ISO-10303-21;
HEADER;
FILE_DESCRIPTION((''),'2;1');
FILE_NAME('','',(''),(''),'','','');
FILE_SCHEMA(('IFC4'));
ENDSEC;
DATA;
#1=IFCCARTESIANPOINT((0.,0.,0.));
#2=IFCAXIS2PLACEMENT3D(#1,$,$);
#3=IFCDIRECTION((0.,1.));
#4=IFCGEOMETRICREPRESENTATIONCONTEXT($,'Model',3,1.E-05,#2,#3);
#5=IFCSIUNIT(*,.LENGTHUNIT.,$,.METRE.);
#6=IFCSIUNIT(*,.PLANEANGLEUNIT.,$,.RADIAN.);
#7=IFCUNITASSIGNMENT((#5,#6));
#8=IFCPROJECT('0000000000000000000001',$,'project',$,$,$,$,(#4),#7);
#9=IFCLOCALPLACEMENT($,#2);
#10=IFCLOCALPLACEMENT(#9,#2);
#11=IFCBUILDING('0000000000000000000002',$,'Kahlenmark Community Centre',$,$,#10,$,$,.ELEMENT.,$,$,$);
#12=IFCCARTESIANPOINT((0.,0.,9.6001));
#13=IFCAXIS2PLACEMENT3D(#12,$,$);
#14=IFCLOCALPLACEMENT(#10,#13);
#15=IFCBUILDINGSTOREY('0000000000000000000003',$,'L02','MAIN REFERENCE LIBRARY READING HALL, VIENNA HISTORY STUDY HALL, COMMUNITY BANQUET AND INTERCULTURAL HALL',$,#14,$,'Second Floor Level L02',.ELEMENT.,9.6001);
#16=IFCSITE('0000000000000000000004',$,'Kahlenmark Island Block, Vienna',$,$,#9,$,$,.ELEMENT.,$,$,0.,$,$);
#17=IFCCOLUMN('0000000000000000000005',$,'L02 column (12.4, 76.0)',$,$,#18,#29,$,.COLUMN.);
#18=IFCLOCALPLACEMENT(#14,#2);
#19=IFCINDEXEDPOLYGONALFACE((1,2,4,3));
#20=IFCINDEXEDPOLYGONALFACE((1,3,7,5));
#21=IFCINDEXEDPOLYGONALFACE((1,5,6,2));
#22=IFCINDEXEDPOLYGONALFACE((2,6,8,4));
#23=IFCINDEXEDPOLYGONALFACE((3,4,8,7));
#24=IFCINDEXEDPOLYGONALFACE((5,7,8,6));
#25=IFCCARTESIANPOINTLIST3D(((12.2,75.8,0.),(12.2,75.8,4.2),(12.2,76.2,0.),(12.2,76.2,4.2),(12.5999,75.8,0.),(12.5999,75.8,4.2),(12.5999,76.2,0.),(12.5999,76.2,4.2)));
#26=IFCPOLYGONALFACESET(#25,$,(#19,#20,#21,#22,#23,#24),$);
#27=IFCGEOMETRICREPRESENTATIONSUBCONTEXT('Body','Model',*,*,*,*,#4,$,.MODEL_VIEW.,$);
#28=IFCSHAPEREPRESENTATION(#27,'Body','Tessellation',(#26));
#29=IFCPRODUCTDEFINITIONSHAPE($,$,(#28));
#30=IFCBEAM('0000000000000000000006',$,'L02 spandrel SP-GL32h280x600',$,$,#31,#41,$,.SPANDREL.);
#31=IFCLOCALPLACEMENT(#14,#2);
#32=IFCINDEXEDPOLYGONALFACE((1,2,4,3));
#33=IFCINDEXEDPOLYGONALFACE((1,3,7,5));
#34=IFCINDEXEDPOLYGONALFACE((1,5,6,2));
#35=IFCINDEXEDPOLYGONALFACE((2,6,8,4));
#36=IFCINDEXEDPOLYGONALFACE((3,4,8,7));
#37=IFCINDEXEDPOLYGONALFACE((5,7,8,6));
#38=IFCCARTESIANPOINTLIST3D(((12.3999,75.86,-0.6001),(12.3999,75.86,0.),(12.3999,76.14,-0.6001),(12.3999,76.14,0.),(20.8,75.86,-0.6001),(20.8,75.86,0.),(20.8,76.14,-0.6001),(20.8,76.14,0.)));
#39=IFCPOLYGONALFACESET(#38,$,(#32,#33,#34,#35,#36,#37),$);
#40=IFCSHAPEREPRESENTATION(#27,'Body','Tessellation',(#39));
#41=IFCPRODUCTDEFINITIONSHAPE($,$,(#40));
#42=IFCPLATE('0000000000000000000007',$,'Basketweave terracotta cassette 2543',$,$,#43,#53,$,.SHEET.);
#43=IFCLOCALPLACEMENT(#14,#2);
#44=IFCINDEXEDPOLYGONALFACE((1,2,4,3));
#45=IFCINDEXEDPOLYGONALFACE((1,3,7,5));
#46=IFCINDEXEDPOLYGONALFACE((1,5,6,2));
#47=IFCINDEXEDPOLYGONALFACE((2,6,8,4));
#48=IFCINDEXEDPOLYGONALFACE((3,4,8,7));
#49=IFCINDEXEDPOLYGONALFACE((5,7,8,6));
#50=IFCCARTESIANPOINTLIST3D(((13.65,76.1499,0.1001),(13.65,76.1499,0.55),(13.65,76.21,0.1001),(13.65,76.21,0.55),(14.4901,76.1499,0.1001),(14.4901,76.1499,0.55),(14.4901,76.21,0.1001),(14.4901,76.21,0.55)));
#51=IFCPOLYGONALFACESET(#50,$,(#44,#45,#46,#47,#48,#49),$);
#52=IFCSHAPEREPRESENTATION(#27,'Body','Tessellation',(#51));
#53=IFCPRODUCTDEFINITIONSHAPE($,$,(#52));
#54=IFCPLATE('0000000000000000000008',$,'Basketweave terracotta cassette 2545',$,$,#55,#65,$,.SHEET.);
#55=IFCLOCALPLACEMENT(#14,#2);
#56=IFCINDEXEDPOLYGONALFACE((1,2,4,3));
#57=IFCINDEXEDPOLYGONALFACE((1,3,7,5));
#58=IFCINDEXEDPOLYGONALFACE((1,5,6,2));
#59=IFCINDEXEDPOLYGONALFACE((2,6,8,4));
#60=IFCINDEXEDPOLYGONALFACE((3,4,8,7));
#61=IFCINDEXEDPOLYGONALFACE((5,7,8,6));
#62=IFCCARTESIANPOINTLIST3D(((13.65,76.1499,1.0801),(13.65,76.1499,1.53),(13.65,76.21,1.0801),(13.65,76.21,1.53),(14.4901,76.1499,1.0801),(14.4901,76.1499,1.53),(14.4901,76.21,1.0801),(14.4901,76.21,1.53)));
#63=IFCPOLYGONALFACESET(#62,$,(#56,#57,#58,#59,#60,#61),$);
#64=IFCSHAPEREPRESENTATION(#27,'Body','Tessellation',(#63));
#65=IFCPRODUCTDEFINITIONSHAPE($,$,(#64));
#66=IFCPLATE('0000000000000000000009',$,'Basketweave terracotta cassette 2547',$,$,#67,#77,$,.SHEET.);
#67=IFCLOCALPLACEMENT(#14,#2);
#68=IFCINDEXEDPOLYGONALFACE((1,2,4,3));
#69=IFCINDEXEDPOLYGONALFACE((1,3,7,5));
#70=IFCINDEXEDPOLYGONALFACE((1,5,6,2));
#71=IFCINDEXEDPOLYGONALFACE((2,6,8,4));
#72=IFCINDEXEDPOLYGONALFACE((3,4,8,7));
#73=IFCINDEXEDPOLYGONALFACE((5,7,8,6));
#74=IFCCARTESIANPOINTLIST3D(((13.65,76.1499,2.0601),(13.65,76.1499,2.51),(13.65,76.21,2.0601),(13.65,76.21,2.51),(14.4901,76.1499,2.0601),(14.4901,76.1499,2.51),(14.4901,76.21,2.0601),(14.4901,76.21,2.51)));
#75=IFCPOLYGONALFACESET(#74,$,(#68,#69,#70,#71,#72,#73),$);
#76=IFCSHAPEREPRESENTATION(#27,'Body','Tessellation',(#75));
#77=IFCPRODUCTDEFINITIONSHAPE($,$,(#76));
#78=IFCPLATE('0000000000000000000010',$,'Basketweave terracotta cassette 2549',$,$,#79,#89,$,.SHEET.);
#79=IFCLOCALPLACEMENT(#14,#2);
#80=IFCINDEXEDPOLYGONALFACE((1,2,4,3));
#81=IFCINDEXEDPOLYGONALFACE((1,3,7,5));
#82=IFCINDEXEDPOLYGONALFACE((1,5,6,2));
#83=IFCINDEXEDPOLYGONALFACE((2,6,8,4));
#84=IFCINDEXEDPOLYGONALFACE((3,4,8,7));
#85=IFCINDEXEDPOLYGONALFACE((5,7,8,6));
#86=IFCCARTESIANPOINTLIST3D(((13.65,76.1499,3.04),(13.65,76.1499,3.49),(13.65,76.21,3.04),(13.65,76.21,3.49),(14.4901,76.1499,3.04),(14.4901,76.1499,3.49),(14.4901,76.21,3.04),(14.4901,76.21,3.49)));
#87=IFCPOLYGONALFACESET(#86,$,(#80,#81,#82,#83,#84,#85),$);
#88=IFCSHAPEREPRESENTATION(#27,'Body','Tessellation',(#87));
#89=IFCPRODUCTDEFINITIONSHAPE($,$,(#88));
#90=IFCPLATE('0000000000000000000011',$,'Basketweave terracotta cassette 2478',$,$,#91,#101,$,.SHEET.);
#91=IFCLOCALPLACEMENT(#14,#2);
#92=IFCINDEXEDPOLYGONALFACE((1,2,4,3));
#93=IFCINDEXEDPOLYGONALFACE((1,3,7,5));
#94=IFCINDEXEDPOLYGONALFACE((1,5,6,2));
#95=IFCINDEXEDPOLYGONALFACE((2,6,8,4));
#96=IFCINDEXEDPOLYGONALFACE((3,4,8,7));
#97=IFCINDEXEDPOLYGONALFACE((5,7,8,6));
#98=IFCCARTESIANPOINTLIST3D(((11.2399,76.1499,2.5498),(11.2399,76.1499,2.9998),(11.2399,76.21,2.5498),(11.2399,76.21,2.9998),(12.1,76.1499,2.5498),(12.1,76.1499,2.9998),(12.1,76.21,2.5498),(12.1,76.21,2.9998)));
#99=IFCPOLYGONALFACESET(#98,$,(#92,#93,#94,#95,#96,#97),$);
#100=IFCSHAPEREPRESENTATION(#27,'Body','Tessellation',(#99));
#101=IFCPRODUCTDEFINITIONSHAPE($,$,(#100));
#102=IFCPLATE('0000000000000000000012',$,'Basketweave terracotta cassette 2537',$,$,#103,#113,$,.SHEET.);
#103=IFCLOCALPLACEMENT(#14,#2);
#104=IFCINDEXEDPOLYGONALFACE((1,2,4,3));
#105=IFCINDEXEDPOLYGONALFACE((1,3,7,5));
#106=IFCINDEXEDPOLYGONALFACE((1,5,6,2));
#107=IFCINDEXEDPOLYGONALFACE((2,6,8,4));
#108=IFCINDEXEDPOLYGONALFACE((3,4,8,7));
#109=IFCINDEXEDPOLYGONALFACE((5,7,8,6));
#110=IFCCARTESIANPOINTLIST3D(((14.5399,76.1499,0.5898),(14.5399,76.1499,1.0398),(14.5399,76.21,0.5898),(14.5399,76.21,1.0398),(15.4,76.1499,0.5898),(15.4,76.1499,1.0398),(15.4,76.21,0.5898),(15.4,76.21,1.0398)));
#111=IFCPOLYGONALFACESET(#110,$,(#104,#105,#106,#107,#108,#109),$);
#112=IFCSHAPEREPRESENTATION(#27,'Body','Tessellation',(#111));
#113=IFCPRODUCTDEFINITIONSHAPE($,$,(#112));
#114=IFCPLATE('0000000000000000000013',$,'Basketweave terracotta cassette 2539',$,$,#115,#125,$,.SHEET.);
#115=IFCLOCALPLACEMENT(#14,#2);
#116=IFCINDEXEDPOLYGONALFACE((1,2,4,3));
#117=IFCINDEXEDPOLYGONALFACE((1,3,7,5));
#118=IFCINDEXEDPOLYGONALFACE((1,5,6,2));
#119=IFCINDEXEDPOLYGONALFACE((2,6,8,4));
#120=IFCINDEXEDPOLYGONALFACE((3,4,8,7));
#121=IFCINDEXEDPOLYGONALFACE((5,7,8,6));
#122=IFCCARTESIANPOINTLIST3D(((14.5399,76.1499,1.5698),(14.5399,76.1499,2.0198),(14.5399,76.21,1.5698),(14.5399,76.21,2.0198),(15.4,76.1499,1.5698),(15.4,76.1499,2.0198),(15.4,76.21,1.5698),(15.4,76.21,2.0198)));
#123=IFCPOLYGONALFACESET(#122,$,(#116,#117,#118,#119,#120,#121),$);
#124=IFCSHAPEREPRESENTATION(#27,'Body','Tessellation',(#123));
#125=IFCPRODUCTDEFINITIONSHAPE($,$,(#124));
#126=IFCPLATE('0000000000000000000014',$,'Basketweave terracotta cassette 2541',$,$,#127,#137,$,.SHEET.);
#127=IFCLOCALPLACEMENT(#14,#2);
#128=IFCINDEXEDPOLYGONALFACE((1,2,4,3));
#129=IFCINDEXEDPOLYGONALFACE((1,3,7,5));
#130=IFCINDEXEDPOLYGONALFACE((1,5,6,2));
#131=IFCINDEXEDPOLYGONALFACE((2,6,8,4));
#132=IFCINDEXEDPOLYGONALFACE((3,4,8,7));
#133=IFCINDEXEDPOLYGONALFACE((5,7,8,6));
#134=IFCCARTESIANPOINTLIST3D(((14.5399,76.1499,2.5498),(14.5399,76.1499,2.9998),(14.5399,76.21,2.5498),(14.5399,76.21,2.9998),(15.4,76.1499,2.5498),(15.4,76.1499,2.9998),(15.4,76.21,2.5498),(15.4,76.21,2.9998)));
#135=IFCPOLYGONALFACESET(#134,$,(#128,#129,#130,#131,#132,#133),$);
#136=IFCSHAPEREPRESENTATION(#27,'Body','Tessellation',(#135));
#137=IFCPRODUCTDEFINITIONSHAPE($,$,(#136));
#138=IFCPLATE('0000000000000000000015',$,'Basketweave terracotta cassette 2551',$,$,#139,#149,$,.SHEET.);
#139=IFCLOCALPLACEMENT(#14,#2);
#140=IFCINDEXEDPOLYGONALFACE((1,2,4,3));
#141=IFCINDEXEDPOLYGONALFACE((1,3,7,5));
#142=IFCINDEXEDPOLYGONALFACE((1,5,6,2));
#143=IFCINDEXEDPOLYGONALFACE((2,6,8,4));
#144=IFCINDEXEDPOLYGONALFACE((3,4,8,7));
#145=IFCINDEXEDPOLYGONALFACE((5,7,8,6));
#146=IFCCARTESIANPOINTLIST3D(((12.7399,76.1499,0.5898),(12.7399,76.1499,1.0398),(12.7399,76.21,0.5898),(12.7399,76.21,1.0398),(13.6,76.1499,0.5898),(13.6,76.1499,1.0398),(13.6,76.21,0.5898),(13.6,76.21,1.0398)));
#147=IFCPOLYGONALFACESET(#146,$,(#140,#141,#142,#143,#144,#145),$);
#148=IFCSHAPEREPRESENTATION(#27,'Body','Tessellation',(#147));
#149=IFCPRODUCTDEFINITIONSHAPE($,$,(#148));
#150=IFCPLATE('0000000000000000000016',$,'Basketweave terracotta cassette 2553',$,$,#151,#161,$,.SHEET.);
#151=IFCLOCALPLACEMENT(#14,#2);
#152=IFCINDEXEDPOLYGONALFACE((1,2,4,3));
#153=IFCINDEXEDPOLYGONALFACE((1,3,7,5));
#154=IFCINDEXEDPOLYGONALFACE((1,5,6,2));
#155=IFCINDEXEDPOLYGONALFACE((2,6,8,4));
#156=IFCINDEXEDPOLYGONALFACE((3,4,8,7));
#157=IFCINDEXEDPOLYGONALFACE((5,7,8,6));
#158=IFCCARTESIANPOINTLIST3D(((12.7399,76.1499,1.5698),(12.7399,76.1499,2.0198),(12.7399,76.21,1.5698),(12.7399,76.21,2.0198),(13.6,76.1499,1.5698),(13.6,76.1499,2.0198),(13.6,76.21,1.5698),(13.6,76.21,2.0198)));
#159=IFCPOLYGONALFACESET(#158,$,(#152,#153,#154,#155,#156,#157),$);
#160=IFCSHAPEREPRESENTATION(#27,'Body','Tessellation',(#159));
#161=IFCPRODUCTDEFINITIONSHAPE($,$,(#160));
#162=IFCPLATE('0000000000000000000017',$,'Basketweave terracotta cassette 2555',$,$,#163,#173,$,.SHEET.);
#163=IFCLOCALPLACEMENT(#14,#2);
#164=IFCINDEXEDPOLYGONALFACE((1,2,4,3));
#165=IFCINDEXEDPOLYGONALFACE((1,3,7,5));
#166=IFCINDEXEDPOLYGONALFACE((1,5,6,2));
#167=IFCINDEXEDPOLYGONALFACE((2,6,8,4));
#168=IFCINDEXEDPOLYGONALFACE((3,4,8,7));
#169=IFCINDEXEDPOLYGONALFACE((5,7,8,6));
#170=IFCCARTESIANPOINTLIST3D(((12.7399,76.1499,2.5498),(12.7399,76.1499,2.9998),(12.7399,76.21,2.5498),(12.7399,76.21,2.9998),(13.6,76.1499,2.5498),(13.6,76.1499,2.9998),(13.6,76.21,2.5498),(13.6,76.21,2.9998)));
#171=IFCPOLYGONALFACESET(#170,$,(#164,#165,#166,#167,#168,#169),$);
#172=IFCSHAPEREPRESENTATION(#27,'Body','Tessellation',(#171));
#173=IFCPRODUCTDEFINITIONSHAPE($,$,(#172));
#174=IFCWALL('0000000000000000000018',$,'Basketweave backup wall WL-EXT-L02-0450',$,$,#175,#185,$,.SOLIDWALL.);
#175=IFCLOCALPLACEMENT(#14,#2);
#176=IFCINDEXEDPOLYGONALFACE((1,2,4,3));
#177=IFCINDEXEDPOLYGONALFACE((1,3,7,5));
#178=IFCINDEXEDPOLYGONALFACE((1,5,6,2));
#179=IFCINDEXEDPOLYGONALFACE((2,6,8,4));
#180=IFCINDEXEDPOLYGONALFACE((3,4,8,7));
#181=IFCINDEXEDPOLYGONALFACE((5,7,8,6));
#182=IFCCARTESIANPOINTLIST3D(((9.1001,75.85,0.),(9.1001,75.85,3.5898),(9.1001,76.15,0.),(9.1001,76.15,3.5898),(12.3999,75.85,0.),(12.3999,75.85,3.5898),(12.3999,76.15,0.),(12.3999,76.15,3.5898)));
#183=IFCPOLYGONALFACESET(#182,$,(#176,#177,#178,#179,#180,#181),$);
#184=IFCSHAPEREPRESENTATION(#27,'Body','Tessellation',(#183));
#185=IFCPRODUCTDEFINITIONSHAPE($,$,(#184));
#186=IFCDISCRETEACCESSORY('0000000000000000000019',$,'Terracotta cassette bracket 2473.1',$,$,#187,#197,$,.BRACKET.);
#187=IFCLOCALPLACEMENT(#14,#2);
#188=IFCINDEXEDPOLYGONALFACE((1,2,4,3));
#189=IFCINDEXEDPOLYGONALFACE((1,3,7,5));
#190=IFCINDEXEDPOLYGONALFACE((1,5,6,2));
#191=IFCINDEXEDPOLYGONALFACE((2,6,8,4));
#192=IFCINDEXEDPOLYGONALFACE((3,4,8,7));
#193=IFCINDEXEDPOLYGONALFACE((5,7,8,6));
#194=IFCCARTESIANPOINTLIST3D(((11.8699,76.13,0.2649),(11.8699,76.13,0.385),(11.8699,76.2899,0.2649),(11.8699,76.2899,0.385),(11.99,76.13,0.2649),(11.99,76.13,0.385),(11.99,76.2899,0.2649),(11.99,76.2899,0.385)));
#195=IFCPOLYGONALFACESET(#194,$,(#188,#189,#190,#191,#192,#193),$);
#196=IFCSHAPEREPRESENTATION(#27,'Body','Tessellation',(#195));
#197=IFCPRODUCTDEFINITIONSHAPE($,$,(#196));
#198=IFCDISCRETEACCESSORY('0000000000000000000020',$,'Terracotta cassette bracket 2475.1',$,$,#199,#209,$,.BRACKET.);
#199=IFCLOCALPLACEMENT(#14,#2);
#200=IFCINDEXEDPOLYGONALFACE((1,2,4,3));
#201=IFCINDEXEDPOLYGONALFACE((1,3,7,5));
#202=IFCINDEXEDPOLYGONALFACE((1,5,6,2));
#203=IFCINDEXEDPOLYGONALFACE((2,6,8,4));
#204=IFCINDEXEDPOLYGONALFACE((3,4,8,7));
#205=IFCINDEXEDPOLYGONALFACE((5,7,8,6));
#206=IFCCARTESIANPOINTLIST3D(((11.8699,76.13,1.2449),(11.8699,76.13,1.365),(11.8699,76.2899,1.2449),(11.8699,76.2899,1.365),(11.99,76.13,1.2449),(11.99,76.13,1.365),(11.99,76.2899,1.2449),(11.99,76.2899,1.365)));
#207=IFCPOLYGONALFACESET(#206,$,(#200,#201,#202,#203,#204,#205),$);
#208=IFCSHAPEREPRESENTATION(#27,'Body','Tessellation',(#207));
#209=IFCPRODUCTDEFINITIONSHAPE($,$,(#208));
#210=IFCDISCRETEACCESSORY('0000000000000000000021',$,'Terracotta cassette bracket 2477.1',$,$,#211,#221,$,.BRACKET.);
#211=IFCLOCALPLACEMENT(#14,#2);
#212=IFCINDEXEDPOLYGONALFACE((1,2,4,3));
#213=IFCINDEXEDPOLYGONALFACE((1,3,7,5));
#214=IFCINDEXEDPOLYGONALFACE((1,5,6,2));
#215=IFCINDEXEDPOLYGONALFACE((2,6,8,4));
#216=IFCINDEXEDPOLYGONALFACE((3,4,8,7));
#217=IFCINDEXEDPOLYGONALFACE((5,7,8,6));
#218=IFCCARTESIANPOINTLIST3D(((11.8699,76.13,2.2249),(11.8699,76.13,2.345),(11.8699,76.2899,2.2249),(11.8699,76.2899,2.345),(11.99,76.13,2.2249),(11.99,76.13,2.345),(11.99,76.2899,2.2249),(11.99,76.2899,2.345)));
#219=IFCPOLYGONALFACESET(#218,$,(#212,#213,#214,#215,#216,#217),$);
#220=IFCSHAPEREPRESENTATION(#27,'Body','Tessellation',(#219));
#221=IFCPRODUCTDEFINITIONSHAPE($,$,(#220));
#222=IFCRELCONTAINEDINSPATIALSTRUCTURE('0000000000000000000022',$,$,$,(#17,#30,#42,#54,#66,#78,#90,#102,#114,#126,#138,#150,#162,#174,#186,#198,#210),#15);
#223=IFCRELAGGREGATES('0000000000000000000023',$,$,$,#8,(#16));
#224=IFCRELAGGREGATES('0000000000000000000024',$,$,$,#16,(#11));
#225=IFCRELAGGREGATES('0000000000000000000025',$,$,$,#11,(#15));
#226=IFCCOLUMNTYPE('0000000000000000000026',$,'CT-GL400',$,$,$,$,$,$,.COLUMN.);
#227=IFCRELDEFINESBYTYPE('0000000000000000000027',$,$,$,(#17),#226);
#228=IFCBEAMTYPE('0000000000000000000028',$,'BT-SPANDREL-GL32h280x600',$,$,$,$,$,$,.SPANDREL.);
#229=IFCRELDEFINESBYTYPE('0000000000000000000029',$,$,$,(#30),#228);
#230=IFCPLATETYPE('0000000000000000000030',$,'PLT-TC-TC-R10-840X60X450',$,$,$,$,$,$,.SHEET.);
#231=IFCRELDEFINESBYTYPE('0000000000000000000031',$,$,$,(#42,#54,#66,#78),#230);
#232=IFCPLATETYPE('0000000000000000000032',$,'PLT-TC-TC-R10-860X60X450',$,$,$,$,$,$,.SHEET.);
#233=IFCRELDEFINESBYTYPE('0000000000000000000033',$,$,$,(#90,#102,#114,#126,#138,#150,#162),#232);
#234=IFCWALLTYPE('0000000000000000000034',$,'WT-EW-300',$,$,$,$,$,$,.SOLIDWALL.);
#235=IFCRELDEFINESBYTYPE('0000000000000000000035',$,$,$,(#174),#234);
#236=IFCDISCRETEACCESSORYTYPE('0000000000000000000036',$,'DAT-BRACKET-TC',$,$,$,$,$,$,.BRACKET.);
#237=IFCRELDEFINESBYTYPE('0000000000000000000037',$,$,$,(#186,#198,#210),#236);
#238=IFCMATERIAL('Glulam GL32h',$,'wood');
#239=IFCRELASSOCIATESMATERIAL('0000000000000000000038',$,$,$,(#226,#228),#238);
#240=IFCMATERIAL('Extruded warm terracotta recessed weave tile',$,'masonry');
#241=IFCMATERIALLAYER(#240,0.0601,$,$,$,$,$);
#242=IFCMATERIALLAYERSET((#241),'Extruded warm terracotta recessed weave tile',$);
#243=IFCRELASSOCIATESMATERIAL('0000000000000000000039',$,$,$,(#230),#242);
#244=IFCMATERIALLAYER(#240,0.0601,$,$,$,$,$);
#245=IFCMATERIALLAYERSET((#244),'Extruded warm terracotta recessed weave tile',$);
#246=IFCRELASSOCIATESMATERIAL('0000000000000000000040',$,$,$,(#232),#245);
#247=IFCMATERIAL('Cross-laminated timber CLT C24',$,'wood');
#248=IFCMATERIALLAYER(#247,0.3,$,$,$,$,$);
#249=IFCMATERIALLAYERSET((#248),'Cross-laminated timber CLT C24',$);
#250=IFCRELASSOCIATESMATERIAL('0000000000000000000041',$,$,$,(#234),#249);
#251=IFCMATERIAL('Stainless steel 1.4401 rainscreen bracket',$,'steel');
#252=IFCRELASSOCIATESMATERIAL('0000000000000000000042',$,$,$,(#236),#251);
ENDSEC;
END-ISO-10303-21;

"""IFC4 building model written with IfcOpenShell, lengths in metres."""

from ifc_helpers import new_model, si_unit, direction, frame, frame_2d, origin, origin_2d, place, context, subcontext, project, spatial, rectangle, extrude, material, layer, layer_set, material_profile, profile_set, type_object, element, save


model = new_model("IFC4")

# Units and contexts
model_context = context("Model", 3, precision=1e-05, world=origin(), true_north=direction((0.0, 1.0)))
body_context = subcontext(model_context, "Body", "Model", "MODEL_VIEW")
ifc_project = project(units=[si_unit("LENGTHUNIT", "METRE"), si_unit("PLANEANGLEUNIT", "RADIAN")], contexts=[model_context])

# Site, building, storey
site_placement = place(None, origin())
site = spatial("IfcSite", under=ifc_project, at=site_placement, Name="Kahlenmark Island Block, Vienna", CompositionType="ELEMENT", RefElevation=0.0)
building_placement = place(site_placement, origin())
building = spatial("IfcBuilding", under=site, at=building_placement, Name="Kahlenmark Community Centre", CompositionType="ELEMENT")
storey_placement = place(building_placement, frame((0.0, 0.0, 9.6001)))
storey = spatial("IfcBuildingStorey", under=building, at=storey_placement, Name="L02", Description="MAIN REFERENCE LIBRARY READING HALL, VIENNA HISTORY STUDY HALL, COMMUNITY BANQUET AND INTERCULTURAL HALL", LongName="Second Floor Level L02", CompositionType="ELEMENT", Elevation=9.6001)

# Column
ifc_material_1 = material(Name="Glulam GL32h", Category="wood")
ifc_material_profile_1 = material_profile(ifc_material_1, rectangle(XDim=0.3999, YDim=0.3999, at=origin_2d()), Name="GL32h 400x400")
ifc_profile_set_1 = profile_set([ifc_material_profile_1], Name="Glulam GL32h")
column_type = type_object("IfcColumnType", Name="CT-GL400", PredefinedType="COLUMN", material=ifc_profile_set_1)
column_placement = place(storey_placement, frame((12.3999, 76.0, 0.0), z_axis=(0.0, 0.0, 1.0), x_axis=(1.0, 0.0, 0.0)))
element("IfcColumn", 1, at=column_placement, inside=storey, type_object=column_type, Name="L02 column (12.4, 76.0)", PredefinedType="COLUMN", context=body_context, shape_type="SweptSolid", body=[
    extrude(rectangle(XDim=0.3999, YDim=0.3999, at=origin_2d()), origin(), (0.0, 0.0, 1.0), 4.2),
])

# Beam
ifc_material_profile_2 = material_profile(ifc_material_1, rectangle(XDim=0.28, YDim=0.6001, at=origin_2d()), Name="GL32h 280x600")
ifc_profile_set_2 = profile_set([ifc_material_profile_2], Name="Glulam GL32h")
beam_type = type_object("IfcBeamType", Name="BT-SPANDREL-GL32h280x600", PredefinedType="SPANDREL", material=ifc_profile_set_2)
beam_placement = place(storey_placement, frame((12.3999, 76.0, -0.3), z_axis=(1.0, 0.0, 0.0), x_axis=(0.0, 1.0, 0.0)))
element("IfcBeam", 2, at=beam_placement, inside=storey, type_object=beam_type, Name="L02 spandrel SP-GL32h280x600", PredefinedType="SPANDREL", context=body_context, shape_type="SweptSolid", body=[
    extrude(rectangle(XDim=0.28, YDim=0.6001, at=origin_2d()), origin(), (0.0, 0.0, 1.0), 8.4001),
])

# Plates
ifc_material_2 = material(Name="Extruded warm terracotta recessed weave tile", Category="masonry")
ifc_layer_1 = layer(ifc_material_2, 0.0601)
ifc_layer_set_1 = layer_set([ifc_layer_1], Name="Extruded warm terracotta recessed weave tile")
plate_type_1 = type_object("IfcPlateType", Name="PLT-TC-TC-R10-840X60X450", PredefinedType="SHEET", material=ifc_layer_set_1)
for number, where, z_axis, x_axis, name in (
    (3, (14.0701, 76.1799, 0.1001), (0.0, 0.0, 1.0), (-1.0, 0.0, 0.0), "Basketweave terracotta cassette 2543"),
    (4, (14.0701, 76.1799, 1.0801), (0.0, 0.0, 1.0), (-1.0, 0.0, 0.0), "Basketweave terracotta cassette 2545"),
    (5, (14.0701, 76.1799, 2.0601), (0.0, 0.0, 1.0), (-1.0, 0.0, 0.0), "Basketweave terracotta cassette 2547"),
    (6, (14.0701, 76.1799, 3.04), (0.0, 0.0, 1.0), (-1.0, 0.0, 0.0), "Basketweave terracotta cassette 2549"),
):
    element("IfcPlate", number, at=place(storey_placement, frame(where, z_axis=z_axis, x_axis=x_axis)), inside=storey, type_object=plate_type_1, Name=name, PredefinedType="SHEET", context=body_context, shape_type="SweptSolid", body=[
        extrude(rectangle(XDim=0.8401, YDim=0.0601, at=origin_2d()), origin(), (0.0, 0.0, 1.0), 0.45),
    ])
ifc_layer_2 = layer(ifc_material_2, 0.0601)
ifc_layer_set_2 = layer_set([ifc_layer_2], Name="Extruded warm terracotta recessed weave tile")
plate_type_2 = type_object("IfcPlateType", Name="PLT-TC-TC-R10-860X60X450", PredefinedType="SHEET", material=ifc_layer_set_2)
for number, where, z_axis, x_axis, name in (
    (7, (11.6699, 76.1799, 2.5498), (0.0, 0.0, 1.0), (-1.0, 0.0, 0.0), "Basketweave terracotta cassette 2478"),
    (8, (14.97, 76.1799, 0.5898), (0.0, 0.0, 1.0), (-1.0, 0.0, 0.0), "Basketweave terracotta cassette 2537"),
    (9, (14.97, 76.1799, 1.5698), (0.0, 0.0, 1.0), (-1.0, 0.0, 0.0), "Basketweave terracotta cassette 2539"),
    (10, (14.97, 76.1799, 2.5498), (0.0, 0.0, 1.0), (-1.0, 0.0, 0.0), "Basketweave terracotta cassette 2541"),
    (11, (13.1699, 76.1799, 0.5898), (0.0, 0.0, 1.0), (-1.0, 0.0, 0.0), "Basketweave terracotta cassette 2551"),
    (12, (13.1699, 76.1799, 1.5698), (0.0, 0.0, 1.0), (-1.0, 0.0, 0.0), "Basketweave terracotta cassette 2553"),
    (13, (13.1699, 76.1799, 2.5498), (0.0, 0.0, 1.0), (-1.0, 0.0, 0.0), "Basketweave terracotta cassette 2555"),
):
    element("IfcPlate", number, at=place(storey_placement, frame(where, z_axis=z_axis, x_axis=x_axis)), inside=storey, type_object=plate_type_2, Name=name, PredefinedType="SHEET", context=body_context, shape_type="SweptSolid", body=[
        extrude(rectangle(XDim=0.8601, YDim=0.0601, at=origin_2d()), origin(), (0.0, 0.0, 1.0), 0.45),
    ])

# Wall
ifc_material_3 = material(Name="Cross-laminated timber CLT C24", Category="wood")
ifc_layer_3 = layer(ifc_material_3, 0.3)
ifc_layer_set_3 = layer_set([ifc_layer_3], Name="Cross-laminated timber CLT C24")
wall_type = type_object("IfcWallType", Name="WT-EW-300", PredefinedType="SOLIDWALL", material=ifc_layer_set_3)
wall_placement = place(storey_placement, frame((12.3999, 76.0, 0.0), z_axis=(0.0, 0.0, 1.0), x_axis=(-1.0, 0.0, 0.0)))
element("IfcWall", 14, at=wall_placement, inside=storey, type_object=wall_type, Name="Basketweave backup wall WL-EXT-L02-0450", PredefinedType="SOLIDWALL", context=body_context, shape_type="SweptSolid", body=[
    extrude(rectangle(XDim=3.2998, YDim=0.3, at=frame_2d((1.6499, 0.0))), origin(), (0.0, 0.0, 1.0), 3.5898),
])

# Discrete accessories
ifc_material_4 = material(Name="Stainless steel 1.4401 rainscreen bracket", Category="steel")
discrete_accessory_type = type_object("IfcDiscreteAccessoryType", Name="DAT-BRACKET-TC", PredefinedType="BRACKET", material=ifc_material_4)
for number, where, z_axis, x_axis, name in (
    (15, (11.9299, 76.21, 0.2649), (0.0, 0.0, 1.0), (-1.0, 0.0, 0.0), "Terracotta cassette bracket 2473.1"),
    (16, (11.9299, 76.21, 1.2449), (0.0, 0.0, 1.0), (-1.0, 0.0, 0.0), "Terracotta cassette bracket 2475.1"),
    (17, (11.9299, 76.21, 2.2249), (0.0, 0.0, 1.0), (-1.0, 0.0, 0.0), "Terracotta cassette bracket 2477.1"),
):
    element("IfcDiscreteAccessory", number, at=place(storey_placement, frame(where, z_axis=z_axis, x_axis=x_axis)), inside=storey, type_object=discrete_accessory_type, Name=name, PredefinedType="BRACKET", context=body_context, shape_type="SweptSolid", body=[
        extrude(rectangle(XDim=0.1201, YDim=0.1599, at=origin_2d()), origin(), (0.0, 0.0, 1.0), 0.1201),
    ])

save(model, "model.ifc")
